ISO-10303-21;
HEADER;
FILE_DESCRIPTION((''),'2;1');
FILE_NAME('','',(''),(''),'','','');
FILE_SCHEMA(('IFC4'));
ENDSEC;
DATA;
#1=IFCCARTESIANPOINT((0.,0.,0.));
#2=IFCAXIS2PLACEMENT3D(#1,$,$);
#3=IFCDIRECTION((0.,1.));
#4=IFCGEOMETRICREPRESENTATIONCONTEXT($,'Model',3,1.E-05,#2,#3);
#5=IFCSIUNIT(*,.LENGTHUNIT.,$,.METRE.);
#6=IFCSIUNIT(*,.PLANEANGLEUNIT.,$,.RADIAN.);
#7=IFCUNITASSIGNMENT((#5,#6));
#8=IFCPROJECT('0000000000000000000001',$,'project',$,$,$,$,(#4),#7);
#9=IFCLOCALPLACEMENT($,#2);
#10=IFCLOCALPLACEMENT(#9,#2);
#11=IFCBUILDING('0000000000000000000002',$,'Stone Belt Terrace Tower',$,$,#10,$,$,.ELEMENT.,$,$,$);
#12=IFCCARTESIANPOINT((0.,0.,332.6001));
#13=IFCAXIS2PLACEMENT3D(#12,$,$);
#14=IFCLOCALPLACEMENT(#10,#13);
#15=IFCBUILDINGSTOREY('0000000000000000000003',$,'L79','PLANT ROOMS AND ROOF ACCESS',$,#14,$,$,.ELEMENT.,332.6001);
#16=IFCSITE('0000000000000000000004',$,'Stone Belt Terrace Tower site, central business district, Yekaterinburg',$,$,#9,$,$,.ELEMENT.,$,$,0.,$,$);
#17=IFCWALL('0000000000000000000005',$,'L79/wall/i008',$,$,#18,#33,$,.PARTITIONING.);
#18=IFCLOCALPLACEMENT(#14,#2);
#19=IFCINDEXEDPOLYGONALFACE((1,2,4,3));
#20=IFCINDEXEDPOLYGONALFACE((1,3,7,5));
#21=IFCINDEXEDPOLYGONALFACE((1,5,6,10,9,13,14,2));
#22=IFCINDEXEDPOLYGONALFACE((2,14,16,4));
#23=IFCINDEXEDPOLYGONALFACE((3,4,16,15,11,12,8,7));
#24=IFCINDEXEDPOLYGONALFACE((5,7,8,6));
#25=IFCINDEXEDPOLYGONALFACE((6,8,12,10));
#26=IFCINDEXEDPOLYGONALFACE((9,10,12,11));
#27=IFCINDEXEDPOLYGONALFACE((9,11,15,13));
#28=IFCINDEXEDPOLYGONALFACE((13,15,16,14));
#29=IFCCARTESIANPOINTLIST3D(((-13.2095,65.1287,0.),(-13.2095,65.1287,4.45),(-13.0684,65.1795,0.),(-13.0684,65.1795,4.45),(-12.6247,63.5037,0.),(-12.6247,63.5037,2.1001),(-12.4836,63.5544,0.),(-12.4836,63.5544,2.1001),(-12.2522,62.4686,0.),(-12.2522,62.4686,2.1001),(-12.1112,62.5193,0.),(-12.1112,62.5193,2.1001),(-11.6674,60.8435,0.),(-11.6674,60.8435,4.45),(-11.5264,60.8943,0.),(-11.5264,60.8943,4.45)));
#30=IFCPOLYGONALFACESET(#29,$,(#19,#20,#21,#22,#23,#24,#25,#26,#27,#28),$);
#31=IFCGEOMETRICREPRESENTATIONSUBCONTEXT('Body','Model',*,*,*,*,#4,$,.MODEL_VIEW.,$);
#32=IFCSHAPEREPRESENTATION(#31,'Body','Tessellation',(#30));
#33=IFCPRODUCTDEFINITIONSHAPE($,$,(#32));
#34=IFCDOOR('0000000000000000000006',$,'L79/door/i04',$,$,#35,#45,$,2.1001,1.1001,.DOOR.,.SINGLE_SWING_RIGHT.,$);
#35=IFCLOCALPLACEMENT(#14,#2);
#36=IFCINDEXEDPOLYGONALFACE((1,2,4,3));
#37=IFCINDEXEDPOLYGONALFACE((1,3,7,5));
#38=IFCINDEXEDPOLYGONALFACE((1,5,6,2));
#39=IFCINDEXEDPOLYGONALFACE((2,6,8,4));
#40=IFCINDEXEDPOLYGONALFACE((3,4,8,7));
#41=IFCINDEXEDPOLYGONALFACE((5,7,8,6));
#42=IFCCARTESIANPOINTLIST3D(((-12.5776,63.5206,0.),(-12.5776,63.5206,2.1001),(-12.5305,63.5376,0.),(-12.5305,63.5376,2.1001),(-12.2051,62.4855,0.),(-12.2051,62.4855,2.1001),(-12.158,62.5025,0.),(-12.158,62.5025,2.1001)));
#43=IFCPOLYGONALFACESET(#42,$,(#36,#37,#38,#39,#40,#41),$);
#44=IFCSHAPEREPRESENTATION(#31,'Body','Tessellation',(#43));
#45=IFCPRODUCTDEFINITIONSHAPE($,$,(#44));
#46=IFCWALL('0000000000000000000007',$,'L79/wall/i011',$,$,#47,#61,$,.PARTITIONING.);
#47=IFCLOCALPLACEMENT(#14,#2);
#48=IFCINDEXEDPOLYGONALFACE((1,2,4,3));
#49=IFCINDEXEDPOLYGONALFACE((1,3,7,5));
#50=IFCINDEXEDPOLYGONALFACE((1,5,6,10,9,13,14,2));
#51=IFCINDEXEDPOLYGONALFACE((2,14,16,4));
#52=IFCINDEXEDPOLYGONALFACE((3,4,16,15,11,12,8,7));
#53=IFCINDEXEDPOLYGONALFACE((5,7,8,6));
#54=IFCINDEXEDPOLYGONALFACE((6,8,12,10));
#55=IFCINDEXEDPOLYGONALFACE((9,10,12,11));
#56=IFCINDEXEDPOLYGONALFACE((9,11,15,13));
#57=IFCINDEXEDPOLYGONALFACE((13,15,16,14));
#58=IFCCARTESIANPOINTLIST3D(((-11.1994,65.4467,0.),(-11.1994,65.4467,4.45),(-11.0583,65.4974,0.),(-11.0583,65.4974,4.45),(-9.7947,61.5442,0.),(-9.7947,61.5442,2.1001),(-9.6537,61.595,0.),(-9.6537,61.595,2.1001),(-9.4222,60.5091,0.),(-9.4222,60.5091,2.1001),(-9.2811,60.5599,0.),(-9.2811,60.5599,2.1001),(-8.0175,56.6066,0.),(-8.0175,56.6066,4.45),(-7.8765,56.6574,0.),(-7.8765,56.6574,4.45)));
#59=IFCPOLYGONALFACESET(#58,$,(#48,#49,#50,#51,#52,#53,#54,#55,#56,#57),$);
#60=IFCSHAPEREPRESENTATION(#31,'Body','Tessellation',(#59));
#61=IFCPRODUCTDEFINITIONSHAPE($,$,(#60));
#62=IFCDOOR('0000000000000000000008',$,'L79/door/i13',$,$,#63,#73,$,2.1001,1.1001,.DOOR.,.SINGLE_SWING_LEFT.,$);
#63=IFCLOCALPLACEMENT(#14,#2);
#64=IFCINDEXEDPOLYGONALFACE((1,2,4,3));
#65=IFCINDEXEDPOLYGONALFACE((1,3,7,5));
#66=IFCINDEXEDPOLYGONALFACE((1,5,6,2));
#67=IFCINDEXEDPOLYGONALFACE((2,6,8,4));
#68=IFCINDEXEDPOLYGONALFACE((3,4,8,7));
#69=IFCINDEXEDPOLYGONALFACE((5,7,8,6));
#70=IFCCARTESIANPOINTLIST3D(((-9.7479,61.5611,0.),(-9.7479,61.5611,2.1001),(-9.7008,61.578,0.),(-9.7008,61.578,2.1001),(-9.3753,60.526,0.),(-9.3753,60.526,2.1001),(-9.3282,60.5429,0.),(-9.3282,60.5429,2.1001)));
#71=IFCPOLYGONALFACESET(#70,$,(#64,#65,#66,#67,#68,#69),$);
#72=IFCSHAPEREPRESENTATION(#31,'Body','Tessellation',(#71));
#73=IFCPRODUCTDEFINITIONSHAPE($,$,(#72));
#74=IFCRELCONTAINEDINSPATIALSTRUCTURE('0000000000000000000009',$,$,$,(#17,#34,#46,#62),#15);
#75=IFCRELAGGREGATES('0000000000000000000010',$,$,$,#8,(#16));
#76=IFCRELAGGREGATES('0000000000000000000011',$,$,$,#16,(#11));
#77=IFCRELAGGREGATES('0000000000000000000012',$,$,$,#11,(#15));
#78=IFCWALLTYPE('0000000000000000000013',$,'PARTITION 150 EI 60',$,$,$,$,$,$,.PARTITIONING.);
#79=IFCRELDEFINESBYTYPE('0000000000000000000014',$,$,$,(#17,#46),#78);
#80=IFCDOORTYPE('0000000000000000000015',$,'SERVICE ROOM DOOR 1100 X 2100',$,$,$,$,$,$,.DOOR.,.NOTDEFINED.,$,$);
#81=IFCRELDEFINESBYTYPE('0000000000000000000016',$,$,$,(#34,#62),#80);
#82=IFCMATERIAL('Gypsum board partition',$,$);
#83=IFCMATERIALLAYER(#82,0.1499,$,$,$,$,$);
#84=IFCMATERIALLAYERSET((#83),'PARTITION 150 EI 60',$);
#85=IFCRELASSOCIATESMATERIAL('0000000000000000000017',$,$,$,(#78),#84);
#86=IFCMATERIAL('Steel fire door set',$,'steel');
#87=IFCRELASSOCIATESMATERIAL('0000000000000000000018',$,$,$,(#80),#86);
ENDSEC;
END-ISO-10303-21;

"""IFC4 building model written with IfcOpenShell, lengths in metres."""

from ifc_helpers import new_model, si_unit, direction, frame, frame_2d, origin, place, context, subcontext, project, spatial, rectangle, extrude, material, layer, layer_set, type_object, element, fill, save


model = new_model("IFC4")

# Units and contexts
model_context = context("Model", 3, precision=1e-05, world=origin(), true_north=direction((0.0, 1.0)))
body_context = subcontext(model_context, "Body", "Model", "MODEL_VIEW")
ifc_project = project(units=[si_unit("LENGTHUNIT", "METRE"), si_unit("PLANEANGLEUNIT", "RADIAN")], contexts=[model_context])

# Site, building, storey
site_placement = place(None, origin())
site = spatial("IfcSite", under=ifc_project, at=site_placement, Name="Stone Belt Terrace Tower site, central business district, Yekaterinburg", CompositionType="ELEMENT", RefElevation=0.0)
building_placement = place(site_placement, origin())
building = spatial("IfcBuilding", under=site, at=building_placement, Name="Stone Belt Terrace Tower", CompositionType="ELEMENT")
storey_placement = place(building_placement, frame((0.0, 0.0, 332.6001)))
storey = spatial("IfcBuildingStorey", under=building, at=storey_placement, Name="L79", Description="PLANT ROOMS AND ROOF ACCESS", CompositionType="ELEMENT", Elevation=332.6001)

# Walls, openings, doors
ifc_material_1 = material(Name="Gypsum board partition")
ifc_layer_1 = layer(ifc_material_1, 0.1499)
ifc_layer_set_1 = layer_set([ifc_layer_1], Name="PARTITION 150 EI 60")
wall_type_1 = type_object("IfcWallType", Name="PARTITION 150 EI 60", PredefinedType="PARTITIONING", material=ifc_layer_set_1)
wall_1_placement = place(storey_placement, frame((-11.5969, 60.8689, 0.0), z_axis=(0.0, 0.0, 1.0), x_axis=(-0.33859, 0.940934, 0.0)))
wall_1 = element("IfcWall", 1, at=wall_1_placement, inside=storey, type_object=wall_type_1, Name="L79/wall/i008", PredefinedType="PARTITIONING", context=body_context, shape_type="SweptSolid", body=[
    extrude(rectangle(XDim=4.5542, YDim=0.1499, at=frame_2d((2.2771, 0.0))), origin(), (0.0, 0.0, 1.0), 4.45),
])
opening_1_placement = place(wall_1_placement, frame((1.7271, 0.0, 0.0)))
opening_1 = element("IfcOpeningElement", 2, at=opening_1_placement, cuts=wall_1, PredefinedType="OPENING", context=body_context, shape_type="SweptSolid", body=[
    extrude(rectangle(XDim=1.1001, YDim=2.1001, at=frame_2d((0.55, 1.05))), frame((0.0, 0.085, 0.0), z_axis=(0.0, -1.0, 0.0), x_axis=(1.0, 0.0, 0.0)), (0.0, 0.0, 1.0), 0.1699),
])
ifc_material_2 = material(Name="Steel fire door set", Category="steel")
door_type_1 = type_object("IfcDoorType", Name="SERVICE ROOM DOOR 1100 X 2100", OperationType="NOTDEFINED", PredefinedType="DOOR", material=ifc_material_2)
door_1_placement = place(opening_1_placement, origin())
door_1 = element("IfcDoor", 3, at=door_1_placement, inside=storey, type_object=door_type_1, Name="L79/door/i04", OperationType="SINGLE_SWING_RIGHT", OverallHeight=2.1001, OverallWidth=1.1001, PredefinedType="DOOR", context=body_context, shape_type="SweptSolid", body=[
    extrude(rectangle(XDim=1.1001, YDim=2.1001, at=frame_2d((0.55, 1.05))), frame((0.0, 0.0249, 0.0), z_axis=(0.0, -1.0, 0.0), x_axis=(1.0, 0.0, 0.0)), (0.0, 0.0, 1.0), 0.05),
])
fill(opening_1, door_1)
wall_2_placement = place(storey_placement, frame((-11.1289, 65.4722, 0.0), z_axis=(0.0, 0.0, 1.0), x_axis=(0.338668, -0.940906, 0.0)))
wall_2 = element("IfcWall", 4, at=wall_2_placement, inside=storey, type_object=wall_type_1, Name="L79/wall/i011", PredefinedType="PARTITIONING", context=body_context, shape_type="SweptSolid", body=[
    extrude(rectangle(XDim=9.3953, YDim=0.1499, at=frame_2d((4.6978, 0.0))), origin(), (0.0, 0.0, 1.0), 4.45),
])
opening_2_placement = place(wall_2_placement, frame((4.1477, 0.0, 0.0)))
opening_2 = element("IfcOpeningElement", 5, at=opening_2_placement, cuts=wall_2, PredefinedType="OPENING", context=body_context, shape_type="SweptSolid", body=[
    extrude(rectangle(XDim=1.1001, YDim=2.1001, at=frame_2d((0.55, 1.05))), frame((0.0, 0.085, 0.0), z_axis=(0.0, -1.0, 0.0), x_axis=(1.0, 0.0, 0.0)), (0.0, 0.0, 1.0), 0.1699),
])
door_2_placement = place(opening_2_placement, origin())
door_2 = element("IfcDoor", 6, at=door_2_placement, inside=storey, type_object=door_type_1, Name="L79/door/i13", OperationType="SINGLE_SWING_LEFT", OverallHeight=2.1001, OverallWidth=1.1001, PredefinedType="DOOR", context=body_context, shape_type="SweptSolid", body=[
    extrude(rectangle(XDim=1.1001, YDim=2.1001, at=frame_2d((0.55, 1.05))), frame((0.0, 0.0249, 0.0), z_axis=(0.0, -1.0, 0.0), x_axis=(1.0, 0.0, 0.0)), (0.0, 0.0, 1.0), 0.05),
])
fill(opening_2, door_2)

save(model, "model.ifc")
